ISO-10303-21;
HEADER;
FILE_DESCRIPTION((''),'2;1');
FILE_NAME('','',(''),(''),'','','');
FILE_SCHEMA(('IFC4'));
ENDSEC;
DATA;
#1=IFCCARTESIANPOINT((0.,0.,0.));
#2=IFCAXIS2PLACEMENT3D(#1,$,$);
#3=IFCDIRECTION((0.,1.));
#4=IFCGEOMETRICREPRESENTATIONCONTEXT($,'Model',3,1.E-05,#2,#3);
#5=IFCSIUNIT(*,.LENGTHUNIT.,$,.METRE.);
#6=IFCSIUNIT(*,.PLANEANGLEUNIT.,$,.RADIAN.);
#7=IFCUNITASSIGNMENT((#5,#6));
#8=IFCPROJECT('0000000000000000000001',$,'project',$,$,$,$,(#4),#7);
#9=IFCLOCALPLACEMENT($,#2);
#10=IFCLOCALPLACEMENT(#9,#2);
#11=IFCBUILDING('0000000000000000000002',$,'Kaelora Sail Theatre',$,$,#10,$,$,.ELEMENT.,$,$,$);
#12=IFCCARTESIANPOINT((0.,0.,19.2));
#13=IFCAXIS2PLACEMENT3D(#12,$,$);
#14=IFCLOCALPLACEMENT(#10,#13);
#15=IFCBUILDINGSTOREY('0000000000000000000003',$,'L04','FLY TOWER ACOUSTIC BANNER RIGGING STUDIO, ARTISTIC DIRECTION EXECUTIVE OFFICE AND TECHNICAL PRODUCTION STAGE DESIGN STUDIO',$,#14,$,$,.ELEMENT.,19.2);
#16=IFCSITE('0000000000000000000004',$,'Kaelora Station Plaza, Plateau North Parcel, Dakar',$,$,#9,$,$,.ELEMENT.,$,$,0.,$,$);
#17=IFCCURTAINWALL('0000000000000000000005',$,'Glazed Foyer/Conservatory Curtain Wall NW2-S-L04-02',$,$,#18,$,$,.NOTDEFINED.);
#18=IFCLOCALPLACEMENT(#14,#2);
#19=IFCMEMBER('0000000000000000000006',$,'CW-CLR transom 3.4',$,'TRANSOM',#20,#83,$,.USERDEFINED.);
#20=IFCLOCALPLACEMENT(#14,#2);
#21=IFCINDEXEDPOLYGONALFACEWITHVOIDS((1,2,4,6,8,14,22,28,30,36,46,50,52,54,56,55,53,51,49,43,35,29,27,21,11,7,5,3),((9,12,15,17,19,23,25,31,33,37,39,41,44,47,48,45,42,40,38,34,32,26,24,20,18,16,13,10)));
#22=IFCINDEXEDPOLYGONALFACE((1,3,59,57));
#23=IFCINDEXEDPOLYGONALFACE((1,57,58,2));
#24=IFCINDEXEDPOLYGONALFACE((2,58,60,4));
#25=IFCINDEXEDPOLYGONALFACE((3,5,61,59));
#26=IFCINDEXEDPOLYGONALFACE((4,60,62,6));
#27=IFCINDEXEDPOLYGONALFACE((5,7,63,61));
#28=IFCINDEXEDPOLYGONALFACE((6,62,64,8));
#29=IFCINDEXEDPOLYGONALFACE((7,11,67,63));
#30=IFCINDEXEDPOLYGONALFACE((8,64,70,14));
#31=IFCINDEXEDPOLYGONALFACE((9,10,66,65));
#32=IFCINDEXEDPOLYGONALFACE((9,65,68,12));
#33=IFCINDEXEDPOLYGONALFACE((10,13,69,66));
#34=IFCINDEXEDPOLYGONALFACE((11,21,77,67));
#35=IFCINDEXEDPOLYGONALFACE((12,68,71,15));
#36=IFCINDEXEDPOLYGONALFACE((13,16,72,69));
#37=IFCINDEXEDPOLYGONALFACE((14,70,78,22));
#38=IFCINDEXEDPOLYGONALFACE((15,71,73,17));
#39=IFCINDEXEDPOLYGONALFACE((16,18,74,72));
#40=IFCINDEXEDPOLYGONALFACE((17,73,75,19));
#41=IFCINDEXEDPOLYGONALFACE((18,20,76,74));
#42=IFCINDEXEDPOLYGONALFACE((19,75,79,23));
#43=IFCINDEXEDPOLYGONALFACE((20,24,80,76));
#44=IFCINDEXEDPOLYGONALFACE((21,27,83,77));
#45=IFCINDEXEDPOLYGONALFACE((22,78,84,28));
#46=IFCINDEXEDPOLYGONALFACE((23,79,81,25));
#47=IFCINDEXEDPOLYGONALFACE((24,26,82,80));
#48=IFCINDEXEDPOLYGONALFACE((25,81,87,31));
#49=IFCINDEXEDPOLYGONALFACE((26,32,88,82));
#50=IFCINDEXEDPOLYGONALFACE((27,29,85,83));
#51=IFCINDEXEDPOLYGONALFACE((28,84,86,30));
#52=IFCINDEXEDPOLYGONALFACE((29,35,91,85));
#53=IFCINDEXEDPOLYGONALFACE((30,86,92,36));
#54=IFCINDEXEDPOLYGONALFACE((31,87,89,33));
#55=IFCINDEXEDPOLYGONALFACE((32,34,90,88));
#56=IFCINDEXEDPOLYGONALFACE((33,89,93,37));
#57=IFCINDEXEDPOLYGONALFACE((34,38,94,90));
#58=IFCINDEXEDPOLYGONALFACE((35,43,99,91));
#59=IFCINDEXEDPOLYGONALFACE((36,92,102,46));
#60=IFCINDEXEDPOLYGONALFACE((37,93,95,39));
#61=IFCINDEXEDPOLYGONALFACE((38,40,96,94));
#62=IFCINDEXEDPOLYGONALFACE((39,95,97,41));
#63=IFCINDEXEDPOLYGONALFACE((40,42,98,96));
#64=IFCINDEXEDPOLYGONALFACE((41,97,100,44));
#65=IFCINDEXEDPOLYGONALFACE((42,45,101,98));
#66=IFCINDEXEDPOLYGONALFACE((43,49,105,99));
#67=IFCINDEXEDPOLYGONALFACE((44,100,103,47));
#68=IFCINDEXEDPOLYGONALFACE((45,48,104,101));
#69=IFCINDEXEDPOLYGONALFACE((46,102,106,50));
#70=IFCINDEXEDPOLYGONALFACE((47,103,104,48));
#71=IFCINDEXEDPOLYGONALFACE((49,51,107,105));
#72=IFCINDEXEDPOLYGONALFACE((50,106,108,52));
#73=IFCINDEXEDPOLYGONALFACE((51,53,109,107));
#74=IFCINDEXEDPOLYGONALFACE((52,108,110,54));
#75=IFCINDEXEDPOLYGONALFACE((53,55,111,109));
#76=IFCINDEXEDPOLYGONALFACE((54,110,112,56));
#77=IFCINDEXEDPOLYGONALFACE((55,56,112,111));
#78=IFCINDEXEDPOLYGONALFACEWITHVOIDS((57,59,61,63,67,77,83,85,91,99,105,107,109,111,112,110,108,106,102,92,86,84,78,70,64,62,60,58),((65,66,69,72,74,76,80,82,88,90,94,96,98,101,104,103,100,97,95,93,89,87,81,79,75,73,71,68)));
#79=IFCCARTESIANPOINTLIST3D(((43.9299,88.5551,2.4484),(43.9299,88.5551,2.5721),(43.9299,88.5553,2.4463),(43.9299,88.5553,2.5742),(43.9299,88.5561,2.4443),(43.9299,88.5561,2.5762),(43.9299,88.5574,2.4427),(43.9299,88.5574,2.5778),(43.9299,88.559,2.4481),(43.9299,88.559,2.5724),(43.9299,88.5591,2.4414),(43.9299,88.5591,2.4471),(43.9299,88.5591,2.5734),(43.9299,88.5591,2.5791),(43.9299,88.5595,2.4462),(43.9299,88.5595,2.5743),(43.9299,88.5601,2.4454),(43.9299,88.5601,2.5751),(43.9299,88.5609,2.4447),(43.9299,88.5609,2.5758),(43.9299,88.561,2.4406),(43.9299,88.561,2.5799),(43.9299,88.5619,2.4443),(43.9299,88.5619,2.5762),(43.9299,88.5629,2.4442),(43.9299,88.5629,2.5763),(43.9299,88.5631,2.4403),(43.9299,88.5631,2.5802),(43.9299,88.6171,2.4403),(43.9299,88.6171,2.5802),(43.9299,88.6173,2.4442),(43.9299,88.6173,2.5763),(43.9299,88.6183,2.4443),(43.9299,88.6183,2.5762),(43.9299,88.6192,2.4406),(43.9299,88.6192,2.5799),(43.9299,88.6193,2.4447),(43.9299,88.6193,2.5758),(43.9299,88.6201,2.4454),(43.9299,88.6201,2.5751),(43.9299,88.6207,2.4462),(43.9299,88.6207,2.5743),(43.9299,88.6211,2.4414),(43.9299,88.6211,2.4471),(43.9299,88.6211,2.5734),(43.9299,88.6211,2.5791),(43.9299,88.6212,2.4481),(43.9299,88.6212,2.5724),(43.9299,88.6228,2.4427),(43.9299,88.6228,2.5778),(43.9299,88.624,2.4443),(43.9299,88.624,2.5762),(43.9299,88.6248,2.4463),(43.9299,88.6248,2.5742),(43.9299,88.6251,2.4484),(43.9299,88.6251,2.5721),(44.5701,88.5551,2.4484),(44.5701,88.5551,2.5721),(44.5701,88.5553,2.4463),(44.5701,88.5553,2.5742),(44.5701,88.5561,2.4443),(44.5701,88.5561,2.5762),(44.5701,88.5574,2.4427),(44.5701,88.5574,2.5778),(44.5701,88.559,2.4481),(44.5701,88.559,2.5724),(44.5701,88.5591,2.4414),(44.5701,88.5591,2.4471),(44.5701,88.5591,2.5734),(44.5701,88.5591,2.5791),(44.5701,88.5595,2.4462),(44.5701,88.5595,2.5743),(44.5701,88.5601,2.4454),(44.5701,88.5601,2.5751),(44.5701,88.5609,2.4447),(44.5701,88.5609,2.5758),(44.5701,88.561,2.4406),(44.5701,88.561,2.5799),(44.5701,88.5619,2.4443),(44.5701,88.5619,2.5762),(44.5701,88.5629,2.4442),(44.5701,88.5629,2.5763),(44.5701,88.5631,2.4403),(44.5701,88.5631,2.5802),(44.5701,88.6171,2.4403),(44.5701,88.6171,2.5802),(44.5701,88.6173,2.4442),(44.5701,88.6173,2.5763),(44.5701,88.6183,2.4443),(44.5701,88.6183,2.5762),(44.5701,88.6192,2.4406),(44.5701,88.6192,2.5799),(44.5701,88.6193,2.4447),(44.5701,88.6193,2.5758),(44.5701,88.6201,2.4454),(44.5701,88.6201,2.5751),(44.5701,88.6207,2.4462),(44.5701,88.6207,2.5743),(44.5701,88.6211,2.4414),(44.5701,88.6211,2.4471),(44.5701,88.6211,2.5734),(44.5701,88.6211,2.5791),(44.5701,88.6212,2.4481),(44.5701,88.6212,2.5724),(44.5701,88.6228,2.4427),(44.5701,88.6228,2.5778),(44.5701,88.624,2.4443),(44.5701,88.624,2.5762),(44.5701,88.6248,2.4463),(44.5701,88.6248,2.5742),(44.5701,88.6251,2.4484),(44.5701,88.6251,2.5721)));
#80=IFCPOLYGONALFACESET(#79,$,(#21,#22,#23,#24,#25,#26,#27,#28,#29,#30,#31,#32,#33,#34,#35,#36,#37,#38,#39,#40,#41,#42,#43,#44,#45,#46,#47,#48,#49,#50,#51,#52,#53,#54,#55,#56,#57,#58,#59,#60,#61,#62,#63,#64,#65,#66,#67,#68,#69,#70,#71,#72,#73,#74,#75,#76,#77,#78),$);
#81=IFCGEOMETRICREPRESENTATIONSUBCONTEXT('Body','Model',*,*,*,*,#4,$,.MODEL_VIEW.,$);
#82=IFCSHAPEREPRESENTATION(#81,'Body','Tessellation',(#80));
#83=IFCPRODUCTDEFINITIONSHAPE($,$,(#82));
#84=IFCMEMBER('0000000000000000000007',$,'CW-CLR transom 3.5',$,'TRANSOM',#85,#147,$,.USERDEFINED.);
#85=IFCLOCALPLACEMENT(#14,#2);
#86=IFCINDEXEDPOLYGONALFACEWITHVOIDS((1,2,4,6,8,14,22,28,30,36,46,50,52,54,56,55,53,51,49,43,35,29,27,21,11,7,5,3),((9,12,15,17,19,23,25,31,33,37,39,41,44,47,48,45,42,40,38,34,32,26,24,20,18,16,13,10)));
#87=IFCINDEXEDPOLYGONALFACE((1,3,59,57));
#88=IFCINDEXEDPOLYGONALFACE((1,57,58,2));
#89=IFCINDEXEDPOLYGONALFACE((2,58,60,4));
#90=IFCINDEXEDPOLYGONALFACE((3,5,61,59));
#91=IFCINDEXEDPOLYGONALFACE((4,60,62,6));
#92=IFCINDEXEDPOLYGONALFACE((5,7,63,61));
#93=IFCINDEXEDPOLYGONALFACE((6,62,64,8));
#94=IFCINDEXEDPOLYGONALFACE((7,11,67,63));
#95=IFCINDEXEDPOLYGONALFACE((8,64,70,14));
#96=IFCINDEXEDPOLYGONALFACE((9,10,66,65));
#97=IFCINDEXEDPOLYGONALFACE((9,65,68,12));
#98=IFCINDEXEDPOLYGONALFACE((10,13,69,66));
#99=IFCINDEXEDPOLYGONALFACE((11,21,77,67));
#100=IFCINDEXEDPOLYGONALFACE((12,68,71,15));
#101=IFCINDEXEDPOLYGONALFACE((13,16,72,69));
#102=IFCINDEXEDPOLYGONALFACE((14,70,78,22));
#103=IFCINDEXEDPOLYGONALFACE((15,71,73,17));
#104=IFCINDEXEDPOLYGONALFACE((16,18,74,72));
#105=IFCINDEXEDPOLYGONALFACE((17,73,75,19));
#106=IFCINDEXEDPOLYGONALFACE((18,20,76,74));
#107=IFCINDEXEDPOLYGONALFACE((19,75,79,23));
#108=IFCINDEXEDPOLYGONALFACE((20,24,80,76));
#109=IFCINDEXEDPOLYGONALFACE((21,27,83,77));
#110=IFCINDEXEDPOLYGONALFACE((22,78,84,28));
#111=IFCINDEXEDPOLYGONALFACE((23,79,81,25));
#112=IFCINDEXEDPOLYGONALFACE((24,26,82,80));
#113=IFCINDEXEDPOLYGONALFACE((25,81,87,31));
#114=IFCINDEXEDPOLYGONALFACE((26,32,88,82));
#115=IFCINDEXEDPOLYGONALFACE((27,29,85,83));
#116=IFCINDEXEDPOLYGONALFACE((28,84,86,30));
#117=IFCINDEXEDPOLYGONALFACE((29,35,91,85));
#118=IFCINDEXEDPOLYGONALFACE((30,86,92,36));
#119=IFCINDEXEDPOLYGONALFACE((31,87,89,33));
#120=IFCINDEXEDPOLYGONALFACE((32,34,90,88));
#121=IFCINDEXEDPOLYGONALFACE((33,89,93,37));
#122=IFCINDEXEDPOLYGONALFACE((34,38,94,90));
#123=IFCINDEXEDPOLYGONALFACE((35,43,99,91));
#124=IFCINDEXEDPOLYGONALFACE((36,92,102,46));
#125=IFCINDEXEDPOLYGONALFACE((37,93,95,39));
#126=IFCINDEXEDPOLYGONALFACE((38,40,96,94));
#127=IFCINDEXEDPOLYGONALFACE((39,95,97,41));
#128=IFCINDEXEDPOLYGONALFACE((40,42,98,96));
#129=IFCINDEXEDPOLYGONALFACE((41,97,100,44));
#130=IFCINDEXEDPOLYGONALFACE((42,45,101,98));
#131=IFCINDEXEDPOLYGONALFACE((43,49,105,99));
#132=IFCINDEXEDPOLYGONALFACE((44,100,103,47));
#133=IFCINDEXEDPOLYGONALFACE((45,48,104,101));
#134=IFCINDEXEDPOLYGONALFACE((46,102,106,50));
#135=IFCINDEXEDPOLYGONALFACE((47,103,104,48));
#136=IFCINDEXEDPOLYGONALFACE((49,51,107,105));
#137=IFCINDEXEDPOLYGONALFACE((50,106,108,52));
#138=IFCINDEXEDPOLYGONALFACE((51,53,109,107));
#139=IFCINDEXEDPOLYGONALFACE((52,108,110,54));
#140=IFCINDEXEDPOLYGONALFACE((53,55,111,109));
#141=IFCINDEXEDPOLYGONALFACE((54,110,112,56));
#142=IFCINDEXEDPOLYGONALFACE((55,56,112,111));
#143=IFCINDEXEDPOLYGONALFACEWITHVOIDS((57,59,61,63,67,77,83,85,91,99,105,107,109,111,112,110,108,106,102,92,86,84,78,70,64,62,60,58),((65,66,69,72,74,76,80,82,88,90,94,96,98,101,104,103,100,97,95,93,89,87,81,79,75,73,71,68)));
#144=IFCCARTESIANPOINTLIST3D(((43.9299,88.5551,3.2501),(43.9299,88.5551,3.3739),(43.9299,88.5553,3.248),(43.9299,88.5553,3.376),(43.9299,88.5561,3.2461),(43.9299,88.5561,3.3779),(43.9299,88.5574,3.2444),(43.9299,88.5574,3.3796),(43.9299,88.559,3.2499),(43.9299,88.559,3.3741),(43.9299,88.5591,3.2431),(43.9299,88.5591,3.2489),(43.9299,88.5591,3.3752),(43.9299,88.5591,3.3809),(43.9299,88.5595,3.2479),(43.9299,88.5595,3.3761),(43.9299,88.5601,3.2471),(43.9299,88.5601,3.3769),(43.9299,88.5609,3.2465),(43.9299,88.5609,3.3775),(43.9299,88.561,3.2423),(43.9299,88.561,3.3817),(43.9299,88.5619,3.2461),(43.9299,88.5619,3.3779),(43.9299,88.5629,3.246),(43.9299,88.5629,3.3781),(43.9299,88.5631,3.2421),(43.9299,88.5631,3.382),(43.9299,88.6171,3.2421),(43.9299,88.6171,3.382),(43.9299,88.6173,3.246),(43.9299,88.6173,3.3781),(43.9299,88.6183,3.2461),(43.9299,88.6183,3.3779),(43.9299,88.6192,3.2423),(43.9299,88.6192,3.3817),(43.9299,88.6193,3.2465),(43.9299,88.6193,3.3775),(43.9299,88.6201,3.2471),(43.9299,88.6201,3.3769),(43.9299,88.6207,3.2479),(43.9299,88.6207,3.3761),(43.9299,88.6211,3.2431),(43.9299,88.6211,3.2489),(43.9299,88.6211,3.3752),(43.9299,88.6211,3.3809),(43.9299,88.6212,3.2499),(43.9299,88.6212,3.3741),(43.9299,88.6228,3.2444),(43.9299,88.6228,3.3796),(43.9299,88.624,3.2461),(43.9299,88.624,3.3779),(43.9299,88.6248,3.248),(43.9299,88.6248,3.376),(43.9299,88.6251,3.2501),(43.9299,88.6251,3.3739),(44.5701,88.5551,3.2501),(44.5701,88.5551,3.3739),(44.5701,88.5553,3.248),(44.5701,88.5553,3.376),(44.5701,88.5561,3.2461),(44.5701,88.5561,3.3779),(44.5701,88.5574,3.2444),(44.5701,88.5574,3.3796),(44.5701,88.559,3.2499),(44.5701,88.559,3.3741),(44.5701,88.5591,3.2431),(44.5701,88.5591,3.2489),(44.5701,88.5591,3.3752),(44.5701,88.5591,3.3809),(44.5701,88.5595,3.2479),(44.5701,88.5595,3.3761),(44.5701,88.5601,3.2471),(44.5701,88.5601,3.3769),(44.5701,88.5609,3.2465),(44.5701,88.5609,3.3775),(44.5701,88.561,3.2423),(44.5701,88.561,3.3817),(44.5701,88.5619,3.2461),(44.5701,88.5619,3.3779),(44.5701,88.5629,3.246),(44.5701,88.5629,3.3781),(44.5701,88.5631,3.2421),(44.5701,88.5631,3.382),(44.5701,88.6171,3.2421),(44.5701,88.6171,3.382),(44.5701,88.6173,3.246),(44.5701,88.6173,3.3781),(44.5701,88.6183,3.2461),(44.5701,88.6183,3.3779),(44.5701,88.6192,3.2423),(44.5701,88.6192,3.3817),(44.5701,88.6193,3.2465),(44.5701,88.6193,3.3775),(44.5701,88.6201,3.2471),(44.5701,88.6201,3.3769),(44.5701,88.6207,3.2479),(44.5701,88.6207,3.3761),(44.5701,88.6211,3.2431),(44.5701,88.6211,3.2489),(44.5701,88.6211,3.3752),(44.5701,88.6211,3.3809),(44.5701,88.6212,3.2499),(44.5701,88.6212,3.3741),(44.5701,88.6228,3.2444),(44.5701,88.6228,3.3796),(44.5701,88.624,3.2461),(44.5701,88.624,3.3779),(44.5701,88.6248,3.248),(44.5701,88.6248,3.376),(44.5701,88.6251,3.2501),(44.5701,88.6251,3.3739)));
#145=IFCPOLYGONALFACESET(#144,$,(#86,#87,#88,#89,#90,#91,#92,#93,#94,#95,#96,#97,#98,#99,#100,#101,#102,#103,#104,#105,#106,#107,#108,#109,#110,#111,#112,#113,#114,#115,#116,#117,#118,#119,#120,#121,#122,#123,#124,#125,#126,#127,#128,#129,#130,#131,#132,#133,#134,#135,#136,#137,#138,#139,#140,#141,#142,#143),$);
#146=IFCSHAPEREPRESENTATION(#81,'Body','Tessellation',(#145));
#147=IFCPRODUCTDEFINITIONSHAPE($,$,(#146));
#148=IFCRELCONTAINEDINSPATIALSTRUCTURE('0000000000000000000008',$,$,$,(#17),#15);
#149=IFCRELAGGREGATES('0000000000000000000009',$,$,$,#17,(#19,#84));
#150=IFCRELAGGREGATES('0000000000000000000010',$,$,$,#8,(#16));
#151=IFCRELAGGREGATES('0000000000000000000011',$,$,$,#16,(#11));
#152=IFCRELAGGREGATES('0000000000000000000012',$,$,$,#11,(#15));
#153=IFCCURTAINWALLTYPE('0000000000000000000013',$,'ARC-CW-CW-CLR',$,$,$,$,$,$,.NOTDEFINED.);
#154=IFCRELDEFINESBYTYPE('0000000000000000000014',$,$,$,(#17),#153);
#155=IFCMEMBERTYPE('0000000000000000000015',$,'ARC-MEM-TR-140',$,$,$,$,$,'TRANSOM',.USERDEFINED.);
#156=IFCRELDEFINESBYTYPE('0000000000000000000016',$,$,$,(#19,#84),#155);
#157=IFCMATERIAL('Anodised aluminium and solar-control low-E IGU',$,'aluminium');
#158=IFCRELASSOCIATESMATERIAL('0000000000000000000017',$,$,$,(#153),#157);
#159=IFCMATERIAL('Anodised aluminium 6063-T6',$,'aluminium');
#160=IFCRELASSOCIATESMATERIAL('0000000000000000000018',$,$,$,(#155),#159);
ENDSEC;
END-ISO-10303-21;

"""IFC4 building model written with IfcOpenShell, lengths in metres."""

from ifc_helpers import new_model, si_unit, direction, frame, origin, origin_2d, place, context, subcontext, project, spatial, hollow_rectangle, extrude, material, material_profile, profile_set, type_object, element, aggregate, save


model = new_model("IFC4")

# Units and contexts
model_context = context("Model", 3, precision=1e-05, world=origin(), true_north=direction((0.0, 1.0)))
body_context = subcontext(model_context, "Body", "Model", "MODEL_VIEW")
ifc_project = project(units=[si_unit("LENGTHUNIT", "METRE"), si_unit("PLANEANGLEUNIT", "RADIAN")], contexts=[model_context])

# Site, building, storey
site_placement = place(None, origin())
site = spatial("IfcSite", under=ifc_project, at=site_placement, Name="Kaelora Station Plaza, Plateau North Parcel, Dakar", CompositionType="ELEMENT", RefElevation=0.0)
building_placement = place(site_placement, origin())
building = spatial("IfcBuilding", under=site, at=building_placement, Name="Kaelora Sail Theatre", CompositionType="ELEMENT")
storey_placement = place(building_placement, frame((0.0, 0.0, 19.2)))
storey = spatial("IfcBuildingStorey", under=building, at=storey_placement, Name="L04", Description="FLY TOWER ACOUSTIC BANNER RIGGING STUDIO, ARTISTIC DIRECTION EXECUTIVE OFFICE AND TECHNICAL PRODUCTION STAGE DESIGN STUDIO", CompositionType="ELEMENT", Elevation=19.2)

# Curtain wall, members
ifc_material_1 = material(Name="Anodised aluminium and solar-control low-E IGU", Category="aluminium")
curtain_wall_type = type_object("IfcCurtainWallType", Name="ARC-CW-CW-CLR", PredefinedType="NOTDEFINED", material=ifc_material_1)
curtain_wall_placement = place(storey_placement, origin())
curtain_wall = element("IfcCurtainWall", 1, at=curtain_wall_placement, inside=storey, type_object=curtain_wall_type, Name="Glazed Foyer/Conservatory Curtain Wall NW2-S-L04-02", PredefinedType="NOTDEFINED")
ifc_material_2 = material(Name="Anodised aluminium 6063-T6", Category="aluminium")
ifc_material_profile = material_profile(ifc_material_2, hollow_rectangle(XDim=0.0701, YDim=0.1399, WallThickness=0.0039, InnerFilletRadius=0.0039, OuterFilletRadius=0.0081, at=origin_2d()), Name="ALU-TRAN 70x140x4")
ifc_profile_set = profile_set([ifc_material_profile], Name="Anodised aluminium 6063-T6")
member_type = type_object("IfcMemberType", Name="ARC-MEM-TR-140", ElementType="TRANSOM", PredefinedType="USERDEFINED", material=ifc_profile_set)
member_1_placement = place(storey_placement, frame((43.9299, 88.5901, 2.5103), z_axis=(1.0, 0.0, 0.0), x_axis=(0.0, 1.0, 0.0)))
member_1 = element("IfcMember", 2, at=member_1_placement, type_object=member_type, Name="CW-CLR transom 3.4", ObjectType="TRANSOM", PredefinedType="USERDEFINED", context=body_context, shape_type="SweptSolid", body=[
    extrude(hollow_rectangle(XDim=0.0701, YDim=0.1399, WallThickness=0.0039, InnerFilletRadius=0.0039, OuterFilletRadius=0.0081, at=origin_2d()), origin(), (0.0, 0.0, 1.0), 0.6401),
])
member_2_placement = place(storey_placement, frame((43.9299, 88.5901, 3.312), z_axis=(1.0, 0.0, 0.0), x_axis=(0.0, 1.0, 0.0)))
member_2 = element("IfcMember", 3, at=member_2_placement, type_object=member_type, Name="CW-CLR transom 3.5", ObjectType="TRANSOM", PredefinedType="USERDEFINED", context=body_context, shape_type="SweptSolid", body=[
    extrude(hollow_rectangle(XDim=0.0701, YDim=0.1399, WallThickness=0.0039, InnerFilletRadius=0.0039, OuterFilletRadius=0.0081, at=origin_2d()), origin(), (0.0, 0.0, 1.0), 0.6401),
])
aggregate(curtain_wall, [member_1, member_2])

save(model, "model.ifc")
